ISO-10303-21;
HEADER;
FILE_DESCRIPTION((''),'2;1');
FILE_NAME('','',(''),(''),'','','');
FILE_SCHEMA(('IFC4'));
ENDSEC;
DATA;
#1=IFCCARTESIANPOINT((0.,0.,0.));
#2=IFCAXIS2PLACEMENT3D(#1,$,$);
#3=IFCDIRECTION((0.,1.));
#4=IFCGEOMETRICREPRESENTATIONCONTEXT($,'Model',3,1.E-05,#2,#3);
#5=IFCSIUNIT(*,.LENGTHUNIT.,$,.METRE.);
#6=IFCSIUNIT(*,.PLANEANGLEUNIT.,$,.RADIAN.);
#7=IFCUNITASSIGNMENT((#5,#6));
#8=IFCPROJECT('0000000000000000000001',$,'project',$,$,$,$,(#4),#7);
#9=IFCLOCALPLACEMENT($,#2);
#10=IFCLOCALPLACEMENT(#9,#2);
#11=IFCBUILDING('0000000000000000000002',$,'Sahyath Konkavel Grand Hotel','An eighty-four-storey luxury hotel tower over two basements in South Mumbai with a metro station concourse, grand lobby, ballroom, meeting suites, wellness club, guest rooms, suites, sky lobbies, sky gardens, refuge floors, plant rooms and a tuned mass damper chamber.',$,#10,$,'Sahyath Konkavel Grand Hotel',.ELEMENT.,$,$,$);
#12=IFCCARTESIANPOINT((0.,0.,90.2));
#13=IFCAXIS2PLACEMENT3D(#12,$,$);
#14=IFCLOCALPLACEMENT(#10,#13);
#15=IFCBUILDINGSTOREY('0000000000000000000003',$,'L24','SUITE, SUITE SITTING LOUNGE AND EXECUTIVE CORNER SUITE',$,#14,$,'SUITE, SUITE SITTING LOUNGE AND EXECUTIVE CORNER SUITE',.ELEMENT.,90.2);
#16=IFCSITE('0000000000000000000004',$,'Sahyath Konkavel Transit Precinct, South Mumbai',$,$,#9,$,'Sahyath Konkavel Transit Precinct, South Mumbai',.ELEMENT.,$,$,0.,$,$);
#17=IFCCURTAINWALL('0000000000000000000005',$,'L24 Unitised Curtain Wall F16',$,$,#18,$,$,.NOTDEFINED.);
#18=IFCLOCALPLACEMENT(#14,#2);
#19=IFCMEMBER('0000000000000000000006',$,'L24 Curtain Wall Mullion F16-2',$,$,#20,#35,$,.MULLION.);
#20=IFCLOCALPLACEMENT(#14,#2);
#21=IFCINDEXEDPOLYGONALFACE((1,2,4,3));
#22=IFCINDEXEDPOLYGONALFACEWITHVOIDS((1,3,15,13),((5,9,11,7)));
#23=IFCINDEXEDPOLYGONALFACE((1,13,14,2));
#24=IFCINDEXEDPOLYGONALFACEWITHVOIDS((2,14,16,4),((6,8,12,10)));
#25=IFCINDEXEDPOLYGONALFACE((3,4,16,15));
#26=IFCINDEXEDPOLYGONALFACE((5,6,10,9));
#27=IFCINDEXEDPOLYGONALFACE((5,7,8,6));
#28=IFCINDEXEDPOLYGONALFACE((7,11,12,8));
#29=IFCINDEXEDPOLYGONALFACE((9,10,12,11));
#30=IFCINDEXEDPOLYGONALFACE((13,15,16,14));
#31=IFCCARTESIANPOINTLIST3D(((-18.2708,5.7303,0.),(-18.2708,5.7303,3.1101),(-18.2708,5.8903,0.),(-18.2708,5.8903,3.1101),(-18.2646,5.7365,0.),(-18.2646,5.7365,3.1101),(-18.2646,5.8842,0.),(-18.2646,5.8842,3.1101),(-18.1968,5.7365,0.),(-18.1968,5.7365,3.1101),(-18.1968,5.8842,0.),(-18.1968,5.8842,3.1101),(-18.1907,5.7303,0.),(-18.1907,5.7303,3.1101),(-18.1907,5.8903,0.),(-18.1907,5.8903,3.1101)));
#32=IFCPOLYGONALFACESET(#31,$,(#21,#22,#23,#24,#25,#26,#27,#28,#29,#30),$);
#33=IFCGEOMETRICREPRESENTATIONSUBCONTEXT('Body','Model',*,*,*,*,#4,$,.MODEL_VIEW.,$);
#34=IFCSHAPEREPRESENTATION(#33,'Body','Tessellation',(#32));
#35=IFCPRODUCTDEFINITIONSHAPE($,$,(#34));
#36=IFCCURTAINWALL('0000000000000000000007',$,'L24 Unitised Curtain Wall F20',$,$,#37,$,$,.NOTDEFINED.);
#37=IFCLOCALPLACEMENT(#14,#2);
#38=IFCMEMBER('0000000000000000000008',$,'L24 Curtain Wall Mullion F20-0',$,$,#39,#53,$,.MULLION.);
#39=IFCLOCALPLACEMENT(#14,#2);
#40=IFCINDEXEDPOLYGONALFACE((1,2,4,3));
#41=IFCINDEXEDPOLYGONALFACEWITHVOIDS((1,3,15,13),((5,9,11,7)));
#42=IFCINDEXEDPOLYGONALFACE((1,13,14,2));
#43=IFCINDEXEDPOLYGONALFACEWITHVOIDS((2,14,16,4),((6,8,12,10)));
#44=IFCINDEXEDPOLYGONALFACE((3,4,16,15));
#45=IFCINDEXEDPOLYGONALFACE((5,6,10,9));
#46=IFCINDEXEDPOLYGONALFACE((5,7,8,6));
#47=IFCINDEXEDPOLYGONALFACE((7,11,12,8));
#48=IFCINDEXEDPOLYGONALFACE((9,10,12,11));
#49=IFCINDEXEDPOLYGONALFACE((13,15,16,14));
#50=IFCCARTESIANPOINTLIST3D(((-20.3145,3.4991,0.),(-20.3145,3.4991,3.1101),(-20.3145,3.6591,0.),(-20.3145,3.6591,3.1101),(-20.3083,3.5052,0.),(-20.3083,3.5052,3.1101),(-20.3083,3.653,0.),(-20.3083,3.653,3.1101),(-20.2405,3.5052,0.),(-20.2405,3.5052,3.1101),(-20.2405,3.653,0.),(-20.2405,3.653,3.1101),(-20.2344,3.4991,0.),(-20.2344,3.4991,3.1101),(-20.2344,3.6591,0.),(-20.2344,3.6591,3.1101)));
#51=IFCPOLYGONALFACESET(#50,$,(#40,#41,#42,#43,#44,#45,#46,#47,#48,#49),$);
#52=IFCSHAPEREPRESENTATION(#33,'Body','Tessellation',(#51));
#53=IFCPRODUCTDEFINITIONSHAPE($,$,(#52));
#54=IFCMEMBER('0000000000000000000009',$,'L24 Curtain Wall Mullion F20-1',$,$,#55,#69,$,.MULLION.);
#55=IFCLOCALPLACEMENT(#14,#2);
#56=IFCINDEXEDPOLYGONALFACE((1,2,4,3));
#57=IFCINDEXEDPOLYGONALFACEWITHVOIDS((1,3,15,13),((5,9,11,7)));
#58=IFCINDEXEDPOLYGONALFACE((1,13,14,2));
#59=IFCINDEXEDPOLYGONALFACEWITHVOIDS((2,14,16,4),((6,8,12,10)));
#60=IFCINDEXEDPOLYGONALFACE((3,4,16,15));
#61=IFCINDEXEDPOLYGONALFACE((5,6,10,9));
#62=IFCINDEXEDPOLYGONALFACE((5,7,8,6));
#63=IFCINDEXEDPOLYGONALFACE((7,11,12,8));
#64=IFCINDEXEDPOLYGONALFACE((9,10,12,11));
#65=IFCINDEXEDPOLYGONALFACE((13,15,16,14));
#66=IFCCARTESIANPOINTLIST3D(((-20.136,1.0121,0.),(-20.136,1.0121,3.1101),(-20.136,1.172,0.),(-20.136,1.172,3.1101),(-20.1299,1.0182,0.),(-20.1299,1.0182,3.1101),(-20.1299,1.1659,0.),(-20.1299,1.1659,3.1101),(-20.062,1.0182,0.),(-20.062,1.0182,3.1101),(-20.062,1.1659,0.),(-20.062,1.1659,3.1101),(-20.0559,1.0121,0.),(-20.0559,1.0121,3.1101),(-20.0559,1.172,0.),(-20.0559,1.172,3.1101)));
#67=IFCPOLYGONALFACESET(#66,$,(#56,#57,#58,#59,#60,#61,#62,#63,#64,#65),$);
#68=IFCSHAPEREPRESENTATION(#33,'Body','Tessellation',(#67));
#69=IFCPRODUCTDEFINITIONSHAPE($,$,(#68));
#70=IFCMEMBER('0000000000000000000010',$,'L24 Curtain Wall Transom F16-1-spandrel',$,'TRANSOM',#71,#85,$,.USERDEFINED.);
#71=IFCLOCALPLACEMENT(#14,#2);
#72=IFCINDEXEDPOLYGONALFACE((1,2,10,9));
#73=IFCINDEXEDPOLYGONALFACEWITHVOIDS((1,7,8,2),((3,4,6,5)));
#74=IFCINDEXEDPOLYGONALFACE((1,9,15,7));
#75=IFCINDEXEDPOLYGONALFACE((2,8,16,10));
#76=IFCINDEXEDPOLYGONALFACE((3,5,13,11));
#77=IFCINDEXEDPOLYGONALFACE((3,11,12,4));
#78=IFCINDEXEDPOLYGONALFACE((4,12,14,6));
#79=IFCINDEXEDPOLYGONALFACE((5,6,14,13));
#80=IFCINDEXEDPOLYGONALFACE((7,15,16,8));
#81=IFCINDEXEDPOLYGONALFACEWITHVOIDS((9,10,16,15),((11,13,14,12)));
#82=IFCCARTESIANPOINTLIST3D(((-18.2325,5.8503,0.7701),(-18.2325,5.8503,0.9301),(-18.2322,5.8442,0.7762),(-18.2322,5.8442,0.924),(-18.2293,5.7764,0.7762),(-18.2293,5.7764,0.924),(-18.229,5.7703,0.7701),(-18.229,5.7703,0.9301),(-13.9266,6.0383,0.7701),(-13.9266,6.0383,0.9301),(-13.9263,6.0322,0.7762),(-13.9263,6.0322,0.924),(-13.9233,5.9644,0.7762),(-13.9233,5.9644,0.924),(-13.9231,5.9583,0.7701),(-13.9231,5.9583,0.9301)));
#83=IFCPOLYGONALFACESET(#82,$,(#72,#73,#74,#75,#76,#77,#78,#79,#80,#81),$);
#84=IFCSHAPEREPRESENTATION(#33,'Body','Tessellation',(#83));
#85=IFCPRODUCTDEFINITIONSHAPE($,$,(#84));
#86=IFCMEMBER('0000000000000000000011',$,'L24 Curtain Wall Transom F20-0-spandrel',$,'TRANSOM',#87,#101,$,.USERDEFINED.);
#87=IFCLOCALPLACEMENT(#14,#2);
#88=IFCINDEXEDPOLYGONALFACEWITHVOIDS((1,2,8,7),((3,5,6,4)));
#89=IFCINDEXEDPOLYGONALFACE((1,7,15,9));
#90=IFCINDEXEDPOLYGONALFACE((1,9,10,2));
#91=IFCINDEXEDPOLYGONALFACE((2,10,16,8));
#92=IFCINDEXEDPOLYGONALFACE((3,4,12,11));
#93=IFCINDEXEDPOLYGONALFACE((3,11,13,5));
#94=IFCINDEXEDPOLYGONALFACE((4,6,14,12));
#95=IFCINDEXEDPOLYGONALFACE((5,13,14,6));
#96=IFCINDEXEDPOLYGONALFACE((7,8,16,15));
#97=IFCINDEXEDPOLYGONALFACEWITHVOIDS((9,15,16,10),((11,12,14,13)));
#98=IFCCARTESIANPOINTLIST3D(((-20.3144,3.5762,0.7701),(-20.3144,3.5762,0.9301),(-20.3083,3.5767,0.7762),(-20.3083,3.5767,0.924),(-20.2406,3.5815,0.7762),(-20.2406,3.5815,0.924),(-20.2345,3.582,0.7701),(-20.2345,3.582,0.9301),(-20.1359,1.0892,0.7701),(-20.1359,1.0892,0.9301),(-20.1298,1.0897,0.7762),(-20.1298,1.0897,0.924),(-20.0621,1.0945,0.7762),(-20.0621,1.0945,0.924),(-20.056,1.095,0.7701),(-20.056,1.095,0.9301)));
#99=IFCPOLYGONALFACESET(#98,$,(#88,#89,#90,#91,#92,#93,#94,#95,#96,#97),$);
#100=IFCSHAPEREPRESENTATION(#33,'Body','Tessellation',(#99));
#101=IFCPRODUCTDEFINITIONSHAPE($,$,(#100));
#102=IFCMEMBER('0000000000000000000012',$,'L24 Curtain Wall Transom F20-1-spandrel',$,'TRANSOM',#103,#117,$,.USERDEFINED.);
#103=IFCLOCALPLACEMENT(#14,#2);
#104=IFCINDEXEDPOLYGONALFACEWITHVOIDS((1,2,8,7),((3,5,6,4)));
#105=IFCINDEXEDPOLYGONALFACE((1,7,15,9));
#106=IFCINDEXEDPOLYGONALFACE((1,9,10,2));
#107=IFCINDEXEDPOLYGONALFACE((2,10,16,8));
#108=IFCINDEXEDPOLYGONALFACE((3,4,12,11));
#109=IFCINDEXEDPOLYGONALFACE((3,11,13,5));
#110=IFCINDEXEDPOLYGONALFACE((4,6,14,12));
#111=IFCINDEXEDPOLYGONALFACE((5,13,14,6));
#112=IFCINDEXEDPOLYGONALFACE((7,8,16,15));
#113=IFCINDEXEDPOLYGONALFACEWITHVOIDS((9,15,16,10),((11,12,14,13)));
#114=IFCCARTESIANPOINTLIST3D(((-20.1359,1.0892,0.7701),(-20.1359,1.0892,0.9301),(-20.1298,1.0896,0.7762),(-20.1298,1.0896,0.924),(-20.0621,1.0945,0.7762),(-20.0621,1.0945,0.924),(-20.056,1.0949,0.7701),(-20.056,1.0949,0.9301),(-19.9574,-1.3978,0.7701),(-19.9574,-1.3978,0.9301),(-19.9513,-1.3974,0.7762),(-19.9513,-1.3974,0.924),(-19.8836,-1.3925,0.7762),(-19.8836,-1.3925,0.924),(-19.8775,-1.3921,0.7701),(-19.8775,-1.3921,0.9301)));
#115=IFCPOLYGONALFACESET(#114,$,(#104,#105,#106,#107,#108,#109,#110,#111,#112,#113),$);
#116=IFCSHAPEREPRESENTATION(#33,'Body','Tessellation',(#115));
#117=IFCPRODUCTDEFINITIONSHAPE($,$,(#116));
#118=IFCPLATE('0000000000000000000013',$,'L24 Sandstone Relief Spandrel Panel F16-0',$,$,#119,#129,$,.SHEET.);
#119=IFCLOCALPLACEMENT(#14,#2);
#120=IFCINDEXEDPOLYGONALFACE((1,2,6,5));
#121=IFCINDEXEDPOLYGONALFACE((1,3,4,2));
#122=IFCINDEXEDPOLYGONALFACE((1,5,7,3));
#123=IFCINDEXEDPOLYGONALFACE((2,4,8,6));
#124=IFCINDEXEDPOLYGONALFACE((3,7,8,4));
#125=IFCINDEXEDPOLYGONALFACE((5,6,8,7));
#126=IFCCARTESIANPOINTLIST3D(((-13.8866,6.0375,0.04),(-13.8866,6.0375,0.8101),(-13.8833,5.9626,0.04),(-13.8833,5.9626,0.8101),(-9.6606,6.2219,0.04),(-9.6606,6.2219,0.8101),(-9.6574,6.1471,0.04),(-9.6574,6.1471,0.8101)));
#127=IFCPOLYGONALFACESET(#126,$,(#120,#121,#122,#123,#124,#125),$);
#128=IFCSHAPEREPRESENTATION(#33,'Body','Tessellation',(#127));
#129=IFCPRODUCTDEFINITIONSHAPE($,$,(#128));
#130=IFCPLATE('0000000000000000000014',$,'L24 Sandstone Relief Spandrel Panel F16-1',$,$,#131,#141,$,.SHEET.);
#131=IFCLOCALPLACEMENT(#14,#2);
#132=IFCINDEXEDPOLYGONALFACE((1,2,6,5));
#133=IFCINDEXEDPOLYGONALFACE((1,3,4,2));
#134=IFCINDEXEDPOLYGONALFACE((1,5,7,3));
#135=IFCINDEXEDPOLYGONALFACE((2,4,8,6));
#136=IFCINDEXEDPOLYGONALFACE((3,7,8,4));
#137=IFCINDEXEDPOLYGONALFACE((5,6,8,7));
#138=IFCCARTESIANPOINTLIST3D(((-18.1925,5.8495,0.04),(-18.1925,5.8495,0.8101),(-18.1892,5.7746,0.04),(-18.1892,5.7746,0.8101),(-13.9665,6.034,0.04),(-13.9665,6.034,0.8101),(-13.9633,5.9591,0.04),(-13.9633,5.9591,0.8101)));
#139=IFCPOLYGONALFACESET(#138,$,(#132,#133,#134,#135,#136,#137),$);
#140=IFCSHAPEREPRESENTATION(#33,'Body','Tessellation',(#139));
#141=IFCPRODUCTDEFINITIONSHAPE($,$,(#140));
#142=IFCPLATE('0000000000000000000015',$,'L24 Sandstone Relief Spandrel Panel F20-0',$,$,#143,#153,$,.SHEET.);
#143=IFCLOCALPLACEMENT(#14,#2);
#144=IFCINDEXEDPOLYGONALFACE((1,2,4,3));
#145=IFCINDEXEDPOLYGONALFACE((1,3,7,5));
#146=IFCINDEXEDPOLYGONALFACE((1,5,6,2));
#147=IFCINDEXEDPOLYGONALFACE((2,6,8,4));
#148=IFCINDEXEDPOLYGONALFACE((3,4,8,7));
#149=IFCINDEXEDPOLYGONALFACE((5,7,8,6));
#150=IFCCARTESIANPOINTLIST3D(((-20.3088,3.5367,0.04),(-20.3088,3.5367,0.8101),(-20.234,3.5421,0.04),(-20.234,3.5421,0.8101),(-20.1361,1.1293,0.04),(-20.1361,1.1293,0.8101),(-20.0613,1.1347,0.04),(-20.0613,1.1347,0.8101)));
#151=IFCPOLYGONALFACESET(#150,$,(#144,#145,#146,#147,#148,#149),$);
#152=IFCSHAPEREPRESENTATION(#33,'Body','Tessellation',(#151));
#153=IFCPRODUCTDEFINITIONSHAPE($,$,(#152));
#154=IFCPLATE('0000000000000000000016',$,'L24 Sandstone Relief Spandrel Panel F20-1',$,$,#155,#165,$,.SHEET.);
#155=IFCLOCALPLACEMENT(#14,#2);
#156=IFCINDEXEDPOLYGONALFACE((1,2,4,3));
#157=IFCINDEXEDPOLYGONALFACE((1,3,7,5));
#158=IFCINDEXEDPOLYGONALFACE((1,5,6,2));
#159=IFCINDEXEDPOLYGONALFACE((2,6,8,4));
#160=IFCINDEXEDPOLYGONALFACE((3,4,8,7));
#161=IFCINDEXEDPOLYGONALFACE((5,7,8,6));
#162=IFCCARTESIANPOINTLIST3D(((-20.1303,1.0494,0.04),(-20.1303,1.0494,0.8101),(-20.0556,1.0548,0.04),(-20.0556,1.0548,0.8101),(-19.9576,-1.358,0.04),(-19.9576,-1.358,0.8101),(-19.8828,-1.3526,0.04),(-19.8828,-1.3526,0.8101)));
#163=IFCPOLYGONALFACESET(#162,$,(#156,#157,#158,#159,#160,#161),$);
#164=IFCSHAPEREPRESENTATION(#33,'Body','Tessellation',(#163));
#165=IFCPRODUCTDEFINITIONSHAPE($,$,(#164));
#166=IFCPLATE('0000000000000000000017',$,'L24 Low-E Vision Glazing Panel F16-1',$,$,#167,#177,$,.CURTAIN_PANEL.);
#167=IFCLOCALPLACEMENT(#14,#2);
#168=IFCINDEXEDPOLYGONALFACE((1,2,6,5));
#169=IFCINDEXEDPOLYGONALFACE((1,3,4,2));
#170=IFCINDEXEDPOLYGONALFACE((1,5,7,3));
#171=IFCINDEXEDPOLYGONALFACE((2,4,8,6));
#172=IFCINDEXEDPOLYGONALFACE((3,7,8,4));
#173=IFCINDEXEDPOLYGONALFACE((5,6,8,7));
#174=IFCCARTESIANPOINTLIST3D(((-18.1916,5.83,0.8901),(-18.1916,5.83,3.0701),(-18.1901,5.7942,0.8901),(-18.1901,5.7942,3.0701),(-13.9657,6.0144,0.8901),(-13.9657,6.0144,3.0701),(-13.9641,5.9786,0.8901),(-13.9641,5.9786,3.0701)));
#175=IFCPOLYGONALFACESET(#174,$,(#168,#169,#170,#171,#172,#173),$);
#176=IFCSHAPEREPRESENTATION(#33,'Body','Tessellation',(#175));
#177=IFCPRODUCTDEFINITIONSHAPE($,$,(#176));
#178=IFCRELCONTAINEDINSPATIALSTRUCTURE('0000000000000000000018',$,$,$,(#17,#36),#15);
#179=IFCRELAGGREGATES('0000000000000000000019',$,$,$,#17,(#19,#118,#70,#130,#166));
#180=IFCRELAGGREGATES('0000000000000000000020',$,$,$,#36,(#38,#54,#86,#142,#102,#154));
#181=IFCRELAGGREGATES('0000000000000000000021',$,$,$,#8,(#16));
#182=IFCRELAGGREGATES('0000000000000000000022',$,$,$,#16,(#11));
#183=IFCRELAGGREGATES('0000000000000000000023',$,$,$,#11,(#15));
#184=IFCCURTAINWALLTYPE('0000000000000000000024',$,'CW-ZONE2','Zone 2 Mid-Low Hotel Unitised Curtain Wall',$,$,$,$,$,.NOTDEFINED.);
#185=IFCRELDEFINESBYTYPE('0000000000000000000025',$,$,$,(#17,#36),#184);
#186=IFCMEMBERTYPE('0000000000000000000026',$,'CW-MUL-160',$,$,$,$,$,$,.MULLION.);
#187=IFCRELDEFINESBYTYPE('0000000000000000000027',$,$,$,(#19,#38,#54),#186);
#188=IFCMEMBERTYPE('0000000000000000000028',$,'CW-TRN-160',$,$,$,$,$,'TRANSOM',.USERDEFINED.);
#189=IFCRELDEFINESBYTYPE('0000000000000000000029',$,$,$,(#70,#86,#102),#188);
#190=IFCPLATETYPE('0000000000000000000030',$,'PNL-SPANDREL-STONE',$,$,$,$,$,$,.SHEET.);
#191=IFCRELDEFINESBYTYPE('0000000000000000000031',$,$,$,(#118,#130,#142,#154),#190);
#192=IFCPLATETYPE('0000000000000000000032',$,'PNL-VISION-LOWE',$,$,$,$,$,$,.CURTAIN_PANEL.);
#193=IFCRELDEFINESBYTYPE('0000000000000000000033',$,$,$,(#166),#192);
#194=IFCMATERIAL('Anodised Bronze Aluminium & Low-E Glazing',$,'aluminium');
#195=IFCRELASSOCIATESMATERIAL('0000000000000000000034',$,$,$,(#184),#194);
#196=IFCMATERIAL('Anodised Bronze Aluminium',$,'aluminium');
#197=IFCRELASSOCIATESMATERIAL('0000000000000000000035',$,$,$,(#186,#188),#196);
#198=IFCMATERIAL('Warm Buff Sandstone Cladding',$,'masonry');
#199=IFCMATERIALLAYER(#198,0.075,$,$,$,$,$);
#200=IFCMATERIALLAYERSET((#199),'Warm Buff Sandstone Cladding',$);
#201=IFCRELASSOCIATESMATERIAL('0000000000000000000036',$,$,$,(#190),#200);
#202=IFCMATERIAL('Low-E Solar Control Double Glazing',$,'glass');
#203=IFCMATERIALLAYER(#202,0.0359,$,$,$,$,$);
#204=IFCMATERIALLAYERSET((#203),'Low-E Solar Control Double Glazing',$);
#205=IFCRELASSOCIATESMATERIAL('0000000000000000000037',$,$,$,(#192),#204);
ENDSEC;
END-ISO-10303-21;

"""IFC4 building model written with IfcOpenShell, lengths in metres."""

from ifc_helpers import new_model, si_unit, direction, frame, origin, origin_2d, place, context, subcontext, project, spatial, rectangle, hollow_rectangle, extrude, source, transform, mapped, material, layer, layer_set, material_profile, profile_set, type_object, element, aggregate, save


model = new_model("IFC4")

# Units and contexts
model_context = context("Model", 3, precision=1e-05, world=origin(), true_north=direction((0.0, 1.0)))
body_context = subcontext(model_context, "Body", "Model", "MODEL_VIEW")
ifc_project = project(units=[si_unit("LENGTHUNIT", "METRE"), si_unit("PLANEANGLEUNIT", "RADIAN")], contexts=[model_context])

# Site, building, storey
site_placement = place(None, origin())
site = spatial("IfcSite", under=ifc_project, at=site_placement, Name="Sahyath Konkavel Transit Precinct, South Mumbai", LongName="Sahyath Konkavel Transit Precinct, South Mumbai", CompositionType="ELEMENT", RefElevation=0.0)
building_placement = place(site_placement, origin())
building = spatial("IfcBuilding", under=site, at=building_placement, Name="Sahyath Konkavel Grand Hotel", Description="An eighty-four-storey luxury hotel tower over two basements in South Mumbai with a metro station concourse, grand lobby, ballroom, meeting suites, wellness club, guest rooms, suites, sky lobbies, sky gardens, refuge floors, plant rooms and a tuned mass damper chamber.", LongName="Sahyath Konkavel Grand Hotel", CompositionType="ELEMENT")
storey_placement = place(building_placement, frame((0.0, 0.0, 90.2)))
storey = spatial("IfcBuildingStorey", under=building, at=storey_placement, Name="L24", Description="SUITE, SUITE SITTING LOUNGE AND EXECUTIVE CORNER SUITE", LongName="SUITE, SUITE SITTING LOUNGE AND EXECUTIVE CORNER SUITE", CompositionType="ELEMENT", Elevation=90.2)

# Curtain walls, members
ifc_material_1 = material(Name="Anodised Bronze Aluminium & Low-E Glazing", Category="aluminium")
curtain_wall_type = type_object("IfcCurtainWallType", Name="CW-ZONE2", Description="Zone 2 Mid-Low Hotel Unitised Curtain Wall", PredefinedType="NOTDEFINED", material=ifc_material_1)
curtain_wall_1_placement = place(storey_placement, origin())
curtain_wall_1 = element("IfcCurtainWall", 1, at=curtain_wall_1_placement, inside=storey, type_object=curtain_wall_type, Name="L24 Unitised Curtain Wall F16", PredefinedType="NOTDEFINED")
ifc_material_2 = material(Name="Anodised Bronze Aluminium", Category="aluminium")
ifc_material_profile_1 = material_profile(ifc_material_2, hollow_rectangle(XDim=0.0801, YDim=0.1599, WallThickness=0.0061, at=origin_2d()), Name="RHS 160x80x6")
ifc_profile_set_1 = profile_set([ifc_material_profile_1], Name="Anodised Bronze Aluminium")
member_type_1 = type_object("IfcMemberType", Name="CW-MUL-160", PredefinedType="MULLION", material=ifc_profile_set_1)
shared_shape_1 = source(origin(), body_context, "Body", "SweptSolid", [
    extrude(hollow_rectangle(XDim=0.0801, YDim=0.1599, WallThickness=0.0061, at=origin_2d()), origin(), (0.0, 0.0, 1.0), 3.1101),
])
member_1_placement = place(storey_placement, frame((-18.2307, 5.8103, 0.0), z_axis=(0.0, 0.0, 1.0), x_axis=(1.0, 0.0, 0.0)))
member_1 = element("IfcMember", 2, at=member_1_placement, type_object=member_type_1, Name="L24 Curtain Wall Mullion F16-2", PredefinedType="MULLION", context=body_context, shape_type="MappedRepresentation", body=[
    mapped(shared_shape_1, transform((0.0, 0.0, 0.0), scale=1.0)),
])
curtain_wall_2_placement = place(storey_placement, origin())
curtain_wall_2 = element("IfcCurtainWall", 3, at=curtain_wall_2_placement, inside=storey, type_object=curtain_wall_type, Name="L24 Unitised Curtain Wall F20", PredefinedType="NOTDEFINED")
member_2_placement = place(storey_placement, frame((-20.2744, 3.5791, 0.0), z_axis=(0.0, 0.0, 1.0), x_axis=(1.0, 0.0, 0.0)))
member_2 = element("IfcMember", 4, at=member_2_placement, type_object=member_type_1, Name="L24 Curtain Wall Mullion F20-0", PredefinedType="MULLION", context=body_context, shape_type="MappedRepresentation", body=[
    mapped(shared_shape_1, transform((0.0, 0.0, 0.0), scale=1.0)),
])
member_3_placement = place(storey_placement, frame((-20.0959, 1.092, 0.0), z_axis=(0.0, 0.0, 1.0), x_axis=(1.0, 0.0, 0.0)))
member_3 = element("IfcMember", 5, at=member_3_placement, type_object=member_type_1, Name="L24 Curtain Wall Mullion F20-1", PredefinedType="MULLION", context=body_context, shape_type="MappedRepresentation", body=[
    mapped(shared_shape_1, transform((0.0, 0.0, 0.0), scale=1.0)),
])

# Members
ifc_material_profile_2 = material_profile(ifc_material_2, hollow_rectangle(XDim=0.0801, YDim=0.1599, WallThickness=0.0061, at=origin_2d()), Name="RHS 160x80x6")
ifc_profile_set_2 = profile_set([ifc_material_profile_2], Name="Anodised Bronze Aluminium")
member_type_2 = type_object("IfcMemberType", Name="CW-TRN-160", ElementType="TRANSOM", PredefinedType="USERDEFINED", material=ifc_profile_set_2)
shared_shape_2 = source(origin(), body_context, "Body", "SweptSolid", [
    extrude(hollow_rectangle(XDim=0.0801, YDim=0.1599, WallThickness=0.0061, at=origin_2d()), origin(), (0.0, 0.0, 1.0), 4.3101),
])
member_4_placement = place(storey_placement, frame((-13.9248, 5.9983, 0.8501), z_axis=(-0.999048, -0.043617, 0.0), x_axis=(0.043617, -0.999048, 0.0)))
member_4 = element("IfcMember", 6, at=member_4_placement, type_object=member_type_2, Name="L24 Curtain Wall Transom F16-1-spandrel", ObjectType="TRANSOM", PredefinedType="USERDEFINED", context=body_context, shape_type="MappedRepresentation", body=[
    mapped(shared_shape_2, transform((0.0, 0.0, 0.0), scale=1.0)),
])
shared_shape_3 = source(origin(), body_context, "Body", "SweptSolid", [
    extrude(hollow_rectangle(XDim=0.0801, YDim=0.1599, WallThickness=0.0061, at=origin_2d()), origin(), (0.0, 0.0, 1.0), 2.4934),
])
member_5_placement = place(storey_placement, frame((-20.2744, 3.5791, 0.8501), z_axis=(0.071574, -0.997435, 0.0), x_axis=(0.997435, 0.071574, 0.0)))
member_5 = element("IfcMember", 7, at=member_5_placement, type_object=member_type_2, Name="L24 Curtain Wall Transom F20-0-spandrel", ObjectType="TRANSOM", PredefinedType="USERDEFINED", context=body_context, shape_type="MappedRepresentation", body=[
    mapped(shared_shape_3, transform((0.0, 0.0, 0.0), scale=1.0)),
])
member_6_placement = place(storey_placement, frame((-20.0959, 1.092, 0.8501), z_axis=(0.071574, -0.997435, 0.0), x_axis=(0.997435, 0.071574, 0.0)))
member_6 = element("IfcMember", 8, at=member_6_placement, type_object=member_type_2, Name="L24 Curtain Wall Transom F20-1-spandrel", ObjectType="TRANSOM", PredefinedType="USERDEFINED", context=body_context, shape_type="MappedRepresentation", body=[
    mapped(shared_shape_3, transform((0.0, 0.0, 0.0), scale=1.0)),
])

# Plates
ifc_material_3 = material(Name="Warm Buff Sandstone Cladding", Category="masonry")
ifc_layer_1 = layer(ifc_material_3, 0.075)
ifc_layer_set_1 = layer_set([ifc_layer_1], Name="Warm Buff Sandstone Cladding")
plate_type_1 = type_object("IfcPlateType", Name="PNL-SPANDREL-STONE", PredefinedType="SHEET", material=ifc_layer_set_1)
shared_shape_4 = source(origin(), body_context, "Body", "SweptSolid", [
    extrude(rectangle(XDim=4.23, YDim=0.075, at=origin_2d()), origin(), (0.0, 0.0, 1.0), 0.77),
])
plate_1_placement = place(storey_placement, frame((-11.772, 6.0923, 0.04), z_axis=(0.0, 0.0, 1.0), x_axis=(-0.999049, -0.043602, 0.0)))
plate_1 = element("IfcPlate", 9, at=plate_1_placement, type_object=plate_type_1, Name="L24 Sandstone Relief Spandrel Panel F16-0", PredefinedType="SHEET", context=body_context, shape_type="MappedRepresentation", body=[
    mapped(shared_shape_4, transform((0.0, 0.0, 0.0), scale=1.0)),
])
plate_2_placement = place(storey_placement, frame((-16.0779, 5.9043, 0.04), z_axis=(0.0, 0.0, 1.0), x_axis=(-0.999049, -0.043602, 0.0)))
plate_2 = element("IfcPlate", 10, at=plate_2_placement, type_object=plate_type_1, Name="L24 Sandstone Relief Spandrel Panel F16-1", PredefinedType="SHEET", context=body_context, shape_type="MappedRepresentation", body=[
    mapped(shared_shape_4, transform((0.0, 0.0, 0.0), scale=1.0)),
])
shared_shape_5 = source(origin(), body_context, "Body", "SweptSolid", [
    extrude(rectangle(XDim=2.4136, YDim=0.075, at=origin_2d()), origin(), (0.0, 0.0, 1.0), 0.77),
])
plate_3_placement = place(storey_placement, frame((-20.1851, 2.3357, 0.04), z_axis=(0.0, 0.0, 1.0), x_axis=(0.071567, -0.997436, 0.0)))
plate_3 = element("IfcPlate", 11, at=plate_3_placement, type_object=plate_type_1, Name="L24 Sandstone Relief Spandrel Panel F20-0", PredefinedType="SHEET", context=body_context, shape_type="MappedRepresentation", body=[
    mapped(shared_shape_5, transform((0.0, 0.0, 0.0), scale=1.0)),
])
plate_4_placement = place(storey_placement, frame((-20.0066, -0.1516, 0.04), z_axis=(0.0, 0.0, 1.0), x_axis=(0.071567, -0.997436, 0.0)))
plate_4 = element("IfcPlate", 12, at=plate_4_placement, type_object=plate_type_1, Name="L24 Sandstone Relief Spandrel Panel F20-1", PredefinedType="SHEET", context=body_context, shape_type="MappedRepresentation", body=[
    mapped(shared_shape_5, transform((0.0, 0.0, 0.0), scale=1.0)),
])
ifc_material_4 = material(Name="Low-E Solar Control Double Glazing", Category="glass")
ifc_layer_2 = layer(ifc_material_4, 0.0359)
ifc_layer_set_2 = layer_set([ifc_layer_2], Name="Low-E Solar Control Double Glazing")
plate_type_2 = type_object("IfcPlateType", Name="PNL-VISION-LOWE", PredefinedType="CURTAIN_PANEL", material=ifc_layer_set_2)
shared_shape_6 = source(origin(), body_context, "Body", "SweptSolid", [
    extrude(rectangle(XDim=4.23, YDim=0.0359, at=origin_2d()), origin(), (0.0, 0.0, 1.0), 2.1799),
])
plate_5_placement = place(storey_placement, frame((-16.0779, 5.9043, 0.8901), z_axis=(0.0, 0.0, 1.0), x_axis=(-0.999049, -0.043602, 0.0)))
plate_5 = element("IfcPlate", 13, at=plate_5_placement, type_object=plate_type_2, Name="L24 Low-E Vision Glazing Panel F16-1", PredefinedType="CURTAIN_PANEL", context=body_context, shape_type="MappedRepresentation", body=[
    mapped(shared_shape_6, transform((0.0, 0.0, 0.0), scale=1.0)),
])
aggregate(curtain_wall_1, [member_1, plate_1, member_4, plate_2, plate_5])
aggregate(curtain_wall_2, [member_2, member_3, member_5, plate_3, member_6, plate_4])

save(model, "model.ifc")
